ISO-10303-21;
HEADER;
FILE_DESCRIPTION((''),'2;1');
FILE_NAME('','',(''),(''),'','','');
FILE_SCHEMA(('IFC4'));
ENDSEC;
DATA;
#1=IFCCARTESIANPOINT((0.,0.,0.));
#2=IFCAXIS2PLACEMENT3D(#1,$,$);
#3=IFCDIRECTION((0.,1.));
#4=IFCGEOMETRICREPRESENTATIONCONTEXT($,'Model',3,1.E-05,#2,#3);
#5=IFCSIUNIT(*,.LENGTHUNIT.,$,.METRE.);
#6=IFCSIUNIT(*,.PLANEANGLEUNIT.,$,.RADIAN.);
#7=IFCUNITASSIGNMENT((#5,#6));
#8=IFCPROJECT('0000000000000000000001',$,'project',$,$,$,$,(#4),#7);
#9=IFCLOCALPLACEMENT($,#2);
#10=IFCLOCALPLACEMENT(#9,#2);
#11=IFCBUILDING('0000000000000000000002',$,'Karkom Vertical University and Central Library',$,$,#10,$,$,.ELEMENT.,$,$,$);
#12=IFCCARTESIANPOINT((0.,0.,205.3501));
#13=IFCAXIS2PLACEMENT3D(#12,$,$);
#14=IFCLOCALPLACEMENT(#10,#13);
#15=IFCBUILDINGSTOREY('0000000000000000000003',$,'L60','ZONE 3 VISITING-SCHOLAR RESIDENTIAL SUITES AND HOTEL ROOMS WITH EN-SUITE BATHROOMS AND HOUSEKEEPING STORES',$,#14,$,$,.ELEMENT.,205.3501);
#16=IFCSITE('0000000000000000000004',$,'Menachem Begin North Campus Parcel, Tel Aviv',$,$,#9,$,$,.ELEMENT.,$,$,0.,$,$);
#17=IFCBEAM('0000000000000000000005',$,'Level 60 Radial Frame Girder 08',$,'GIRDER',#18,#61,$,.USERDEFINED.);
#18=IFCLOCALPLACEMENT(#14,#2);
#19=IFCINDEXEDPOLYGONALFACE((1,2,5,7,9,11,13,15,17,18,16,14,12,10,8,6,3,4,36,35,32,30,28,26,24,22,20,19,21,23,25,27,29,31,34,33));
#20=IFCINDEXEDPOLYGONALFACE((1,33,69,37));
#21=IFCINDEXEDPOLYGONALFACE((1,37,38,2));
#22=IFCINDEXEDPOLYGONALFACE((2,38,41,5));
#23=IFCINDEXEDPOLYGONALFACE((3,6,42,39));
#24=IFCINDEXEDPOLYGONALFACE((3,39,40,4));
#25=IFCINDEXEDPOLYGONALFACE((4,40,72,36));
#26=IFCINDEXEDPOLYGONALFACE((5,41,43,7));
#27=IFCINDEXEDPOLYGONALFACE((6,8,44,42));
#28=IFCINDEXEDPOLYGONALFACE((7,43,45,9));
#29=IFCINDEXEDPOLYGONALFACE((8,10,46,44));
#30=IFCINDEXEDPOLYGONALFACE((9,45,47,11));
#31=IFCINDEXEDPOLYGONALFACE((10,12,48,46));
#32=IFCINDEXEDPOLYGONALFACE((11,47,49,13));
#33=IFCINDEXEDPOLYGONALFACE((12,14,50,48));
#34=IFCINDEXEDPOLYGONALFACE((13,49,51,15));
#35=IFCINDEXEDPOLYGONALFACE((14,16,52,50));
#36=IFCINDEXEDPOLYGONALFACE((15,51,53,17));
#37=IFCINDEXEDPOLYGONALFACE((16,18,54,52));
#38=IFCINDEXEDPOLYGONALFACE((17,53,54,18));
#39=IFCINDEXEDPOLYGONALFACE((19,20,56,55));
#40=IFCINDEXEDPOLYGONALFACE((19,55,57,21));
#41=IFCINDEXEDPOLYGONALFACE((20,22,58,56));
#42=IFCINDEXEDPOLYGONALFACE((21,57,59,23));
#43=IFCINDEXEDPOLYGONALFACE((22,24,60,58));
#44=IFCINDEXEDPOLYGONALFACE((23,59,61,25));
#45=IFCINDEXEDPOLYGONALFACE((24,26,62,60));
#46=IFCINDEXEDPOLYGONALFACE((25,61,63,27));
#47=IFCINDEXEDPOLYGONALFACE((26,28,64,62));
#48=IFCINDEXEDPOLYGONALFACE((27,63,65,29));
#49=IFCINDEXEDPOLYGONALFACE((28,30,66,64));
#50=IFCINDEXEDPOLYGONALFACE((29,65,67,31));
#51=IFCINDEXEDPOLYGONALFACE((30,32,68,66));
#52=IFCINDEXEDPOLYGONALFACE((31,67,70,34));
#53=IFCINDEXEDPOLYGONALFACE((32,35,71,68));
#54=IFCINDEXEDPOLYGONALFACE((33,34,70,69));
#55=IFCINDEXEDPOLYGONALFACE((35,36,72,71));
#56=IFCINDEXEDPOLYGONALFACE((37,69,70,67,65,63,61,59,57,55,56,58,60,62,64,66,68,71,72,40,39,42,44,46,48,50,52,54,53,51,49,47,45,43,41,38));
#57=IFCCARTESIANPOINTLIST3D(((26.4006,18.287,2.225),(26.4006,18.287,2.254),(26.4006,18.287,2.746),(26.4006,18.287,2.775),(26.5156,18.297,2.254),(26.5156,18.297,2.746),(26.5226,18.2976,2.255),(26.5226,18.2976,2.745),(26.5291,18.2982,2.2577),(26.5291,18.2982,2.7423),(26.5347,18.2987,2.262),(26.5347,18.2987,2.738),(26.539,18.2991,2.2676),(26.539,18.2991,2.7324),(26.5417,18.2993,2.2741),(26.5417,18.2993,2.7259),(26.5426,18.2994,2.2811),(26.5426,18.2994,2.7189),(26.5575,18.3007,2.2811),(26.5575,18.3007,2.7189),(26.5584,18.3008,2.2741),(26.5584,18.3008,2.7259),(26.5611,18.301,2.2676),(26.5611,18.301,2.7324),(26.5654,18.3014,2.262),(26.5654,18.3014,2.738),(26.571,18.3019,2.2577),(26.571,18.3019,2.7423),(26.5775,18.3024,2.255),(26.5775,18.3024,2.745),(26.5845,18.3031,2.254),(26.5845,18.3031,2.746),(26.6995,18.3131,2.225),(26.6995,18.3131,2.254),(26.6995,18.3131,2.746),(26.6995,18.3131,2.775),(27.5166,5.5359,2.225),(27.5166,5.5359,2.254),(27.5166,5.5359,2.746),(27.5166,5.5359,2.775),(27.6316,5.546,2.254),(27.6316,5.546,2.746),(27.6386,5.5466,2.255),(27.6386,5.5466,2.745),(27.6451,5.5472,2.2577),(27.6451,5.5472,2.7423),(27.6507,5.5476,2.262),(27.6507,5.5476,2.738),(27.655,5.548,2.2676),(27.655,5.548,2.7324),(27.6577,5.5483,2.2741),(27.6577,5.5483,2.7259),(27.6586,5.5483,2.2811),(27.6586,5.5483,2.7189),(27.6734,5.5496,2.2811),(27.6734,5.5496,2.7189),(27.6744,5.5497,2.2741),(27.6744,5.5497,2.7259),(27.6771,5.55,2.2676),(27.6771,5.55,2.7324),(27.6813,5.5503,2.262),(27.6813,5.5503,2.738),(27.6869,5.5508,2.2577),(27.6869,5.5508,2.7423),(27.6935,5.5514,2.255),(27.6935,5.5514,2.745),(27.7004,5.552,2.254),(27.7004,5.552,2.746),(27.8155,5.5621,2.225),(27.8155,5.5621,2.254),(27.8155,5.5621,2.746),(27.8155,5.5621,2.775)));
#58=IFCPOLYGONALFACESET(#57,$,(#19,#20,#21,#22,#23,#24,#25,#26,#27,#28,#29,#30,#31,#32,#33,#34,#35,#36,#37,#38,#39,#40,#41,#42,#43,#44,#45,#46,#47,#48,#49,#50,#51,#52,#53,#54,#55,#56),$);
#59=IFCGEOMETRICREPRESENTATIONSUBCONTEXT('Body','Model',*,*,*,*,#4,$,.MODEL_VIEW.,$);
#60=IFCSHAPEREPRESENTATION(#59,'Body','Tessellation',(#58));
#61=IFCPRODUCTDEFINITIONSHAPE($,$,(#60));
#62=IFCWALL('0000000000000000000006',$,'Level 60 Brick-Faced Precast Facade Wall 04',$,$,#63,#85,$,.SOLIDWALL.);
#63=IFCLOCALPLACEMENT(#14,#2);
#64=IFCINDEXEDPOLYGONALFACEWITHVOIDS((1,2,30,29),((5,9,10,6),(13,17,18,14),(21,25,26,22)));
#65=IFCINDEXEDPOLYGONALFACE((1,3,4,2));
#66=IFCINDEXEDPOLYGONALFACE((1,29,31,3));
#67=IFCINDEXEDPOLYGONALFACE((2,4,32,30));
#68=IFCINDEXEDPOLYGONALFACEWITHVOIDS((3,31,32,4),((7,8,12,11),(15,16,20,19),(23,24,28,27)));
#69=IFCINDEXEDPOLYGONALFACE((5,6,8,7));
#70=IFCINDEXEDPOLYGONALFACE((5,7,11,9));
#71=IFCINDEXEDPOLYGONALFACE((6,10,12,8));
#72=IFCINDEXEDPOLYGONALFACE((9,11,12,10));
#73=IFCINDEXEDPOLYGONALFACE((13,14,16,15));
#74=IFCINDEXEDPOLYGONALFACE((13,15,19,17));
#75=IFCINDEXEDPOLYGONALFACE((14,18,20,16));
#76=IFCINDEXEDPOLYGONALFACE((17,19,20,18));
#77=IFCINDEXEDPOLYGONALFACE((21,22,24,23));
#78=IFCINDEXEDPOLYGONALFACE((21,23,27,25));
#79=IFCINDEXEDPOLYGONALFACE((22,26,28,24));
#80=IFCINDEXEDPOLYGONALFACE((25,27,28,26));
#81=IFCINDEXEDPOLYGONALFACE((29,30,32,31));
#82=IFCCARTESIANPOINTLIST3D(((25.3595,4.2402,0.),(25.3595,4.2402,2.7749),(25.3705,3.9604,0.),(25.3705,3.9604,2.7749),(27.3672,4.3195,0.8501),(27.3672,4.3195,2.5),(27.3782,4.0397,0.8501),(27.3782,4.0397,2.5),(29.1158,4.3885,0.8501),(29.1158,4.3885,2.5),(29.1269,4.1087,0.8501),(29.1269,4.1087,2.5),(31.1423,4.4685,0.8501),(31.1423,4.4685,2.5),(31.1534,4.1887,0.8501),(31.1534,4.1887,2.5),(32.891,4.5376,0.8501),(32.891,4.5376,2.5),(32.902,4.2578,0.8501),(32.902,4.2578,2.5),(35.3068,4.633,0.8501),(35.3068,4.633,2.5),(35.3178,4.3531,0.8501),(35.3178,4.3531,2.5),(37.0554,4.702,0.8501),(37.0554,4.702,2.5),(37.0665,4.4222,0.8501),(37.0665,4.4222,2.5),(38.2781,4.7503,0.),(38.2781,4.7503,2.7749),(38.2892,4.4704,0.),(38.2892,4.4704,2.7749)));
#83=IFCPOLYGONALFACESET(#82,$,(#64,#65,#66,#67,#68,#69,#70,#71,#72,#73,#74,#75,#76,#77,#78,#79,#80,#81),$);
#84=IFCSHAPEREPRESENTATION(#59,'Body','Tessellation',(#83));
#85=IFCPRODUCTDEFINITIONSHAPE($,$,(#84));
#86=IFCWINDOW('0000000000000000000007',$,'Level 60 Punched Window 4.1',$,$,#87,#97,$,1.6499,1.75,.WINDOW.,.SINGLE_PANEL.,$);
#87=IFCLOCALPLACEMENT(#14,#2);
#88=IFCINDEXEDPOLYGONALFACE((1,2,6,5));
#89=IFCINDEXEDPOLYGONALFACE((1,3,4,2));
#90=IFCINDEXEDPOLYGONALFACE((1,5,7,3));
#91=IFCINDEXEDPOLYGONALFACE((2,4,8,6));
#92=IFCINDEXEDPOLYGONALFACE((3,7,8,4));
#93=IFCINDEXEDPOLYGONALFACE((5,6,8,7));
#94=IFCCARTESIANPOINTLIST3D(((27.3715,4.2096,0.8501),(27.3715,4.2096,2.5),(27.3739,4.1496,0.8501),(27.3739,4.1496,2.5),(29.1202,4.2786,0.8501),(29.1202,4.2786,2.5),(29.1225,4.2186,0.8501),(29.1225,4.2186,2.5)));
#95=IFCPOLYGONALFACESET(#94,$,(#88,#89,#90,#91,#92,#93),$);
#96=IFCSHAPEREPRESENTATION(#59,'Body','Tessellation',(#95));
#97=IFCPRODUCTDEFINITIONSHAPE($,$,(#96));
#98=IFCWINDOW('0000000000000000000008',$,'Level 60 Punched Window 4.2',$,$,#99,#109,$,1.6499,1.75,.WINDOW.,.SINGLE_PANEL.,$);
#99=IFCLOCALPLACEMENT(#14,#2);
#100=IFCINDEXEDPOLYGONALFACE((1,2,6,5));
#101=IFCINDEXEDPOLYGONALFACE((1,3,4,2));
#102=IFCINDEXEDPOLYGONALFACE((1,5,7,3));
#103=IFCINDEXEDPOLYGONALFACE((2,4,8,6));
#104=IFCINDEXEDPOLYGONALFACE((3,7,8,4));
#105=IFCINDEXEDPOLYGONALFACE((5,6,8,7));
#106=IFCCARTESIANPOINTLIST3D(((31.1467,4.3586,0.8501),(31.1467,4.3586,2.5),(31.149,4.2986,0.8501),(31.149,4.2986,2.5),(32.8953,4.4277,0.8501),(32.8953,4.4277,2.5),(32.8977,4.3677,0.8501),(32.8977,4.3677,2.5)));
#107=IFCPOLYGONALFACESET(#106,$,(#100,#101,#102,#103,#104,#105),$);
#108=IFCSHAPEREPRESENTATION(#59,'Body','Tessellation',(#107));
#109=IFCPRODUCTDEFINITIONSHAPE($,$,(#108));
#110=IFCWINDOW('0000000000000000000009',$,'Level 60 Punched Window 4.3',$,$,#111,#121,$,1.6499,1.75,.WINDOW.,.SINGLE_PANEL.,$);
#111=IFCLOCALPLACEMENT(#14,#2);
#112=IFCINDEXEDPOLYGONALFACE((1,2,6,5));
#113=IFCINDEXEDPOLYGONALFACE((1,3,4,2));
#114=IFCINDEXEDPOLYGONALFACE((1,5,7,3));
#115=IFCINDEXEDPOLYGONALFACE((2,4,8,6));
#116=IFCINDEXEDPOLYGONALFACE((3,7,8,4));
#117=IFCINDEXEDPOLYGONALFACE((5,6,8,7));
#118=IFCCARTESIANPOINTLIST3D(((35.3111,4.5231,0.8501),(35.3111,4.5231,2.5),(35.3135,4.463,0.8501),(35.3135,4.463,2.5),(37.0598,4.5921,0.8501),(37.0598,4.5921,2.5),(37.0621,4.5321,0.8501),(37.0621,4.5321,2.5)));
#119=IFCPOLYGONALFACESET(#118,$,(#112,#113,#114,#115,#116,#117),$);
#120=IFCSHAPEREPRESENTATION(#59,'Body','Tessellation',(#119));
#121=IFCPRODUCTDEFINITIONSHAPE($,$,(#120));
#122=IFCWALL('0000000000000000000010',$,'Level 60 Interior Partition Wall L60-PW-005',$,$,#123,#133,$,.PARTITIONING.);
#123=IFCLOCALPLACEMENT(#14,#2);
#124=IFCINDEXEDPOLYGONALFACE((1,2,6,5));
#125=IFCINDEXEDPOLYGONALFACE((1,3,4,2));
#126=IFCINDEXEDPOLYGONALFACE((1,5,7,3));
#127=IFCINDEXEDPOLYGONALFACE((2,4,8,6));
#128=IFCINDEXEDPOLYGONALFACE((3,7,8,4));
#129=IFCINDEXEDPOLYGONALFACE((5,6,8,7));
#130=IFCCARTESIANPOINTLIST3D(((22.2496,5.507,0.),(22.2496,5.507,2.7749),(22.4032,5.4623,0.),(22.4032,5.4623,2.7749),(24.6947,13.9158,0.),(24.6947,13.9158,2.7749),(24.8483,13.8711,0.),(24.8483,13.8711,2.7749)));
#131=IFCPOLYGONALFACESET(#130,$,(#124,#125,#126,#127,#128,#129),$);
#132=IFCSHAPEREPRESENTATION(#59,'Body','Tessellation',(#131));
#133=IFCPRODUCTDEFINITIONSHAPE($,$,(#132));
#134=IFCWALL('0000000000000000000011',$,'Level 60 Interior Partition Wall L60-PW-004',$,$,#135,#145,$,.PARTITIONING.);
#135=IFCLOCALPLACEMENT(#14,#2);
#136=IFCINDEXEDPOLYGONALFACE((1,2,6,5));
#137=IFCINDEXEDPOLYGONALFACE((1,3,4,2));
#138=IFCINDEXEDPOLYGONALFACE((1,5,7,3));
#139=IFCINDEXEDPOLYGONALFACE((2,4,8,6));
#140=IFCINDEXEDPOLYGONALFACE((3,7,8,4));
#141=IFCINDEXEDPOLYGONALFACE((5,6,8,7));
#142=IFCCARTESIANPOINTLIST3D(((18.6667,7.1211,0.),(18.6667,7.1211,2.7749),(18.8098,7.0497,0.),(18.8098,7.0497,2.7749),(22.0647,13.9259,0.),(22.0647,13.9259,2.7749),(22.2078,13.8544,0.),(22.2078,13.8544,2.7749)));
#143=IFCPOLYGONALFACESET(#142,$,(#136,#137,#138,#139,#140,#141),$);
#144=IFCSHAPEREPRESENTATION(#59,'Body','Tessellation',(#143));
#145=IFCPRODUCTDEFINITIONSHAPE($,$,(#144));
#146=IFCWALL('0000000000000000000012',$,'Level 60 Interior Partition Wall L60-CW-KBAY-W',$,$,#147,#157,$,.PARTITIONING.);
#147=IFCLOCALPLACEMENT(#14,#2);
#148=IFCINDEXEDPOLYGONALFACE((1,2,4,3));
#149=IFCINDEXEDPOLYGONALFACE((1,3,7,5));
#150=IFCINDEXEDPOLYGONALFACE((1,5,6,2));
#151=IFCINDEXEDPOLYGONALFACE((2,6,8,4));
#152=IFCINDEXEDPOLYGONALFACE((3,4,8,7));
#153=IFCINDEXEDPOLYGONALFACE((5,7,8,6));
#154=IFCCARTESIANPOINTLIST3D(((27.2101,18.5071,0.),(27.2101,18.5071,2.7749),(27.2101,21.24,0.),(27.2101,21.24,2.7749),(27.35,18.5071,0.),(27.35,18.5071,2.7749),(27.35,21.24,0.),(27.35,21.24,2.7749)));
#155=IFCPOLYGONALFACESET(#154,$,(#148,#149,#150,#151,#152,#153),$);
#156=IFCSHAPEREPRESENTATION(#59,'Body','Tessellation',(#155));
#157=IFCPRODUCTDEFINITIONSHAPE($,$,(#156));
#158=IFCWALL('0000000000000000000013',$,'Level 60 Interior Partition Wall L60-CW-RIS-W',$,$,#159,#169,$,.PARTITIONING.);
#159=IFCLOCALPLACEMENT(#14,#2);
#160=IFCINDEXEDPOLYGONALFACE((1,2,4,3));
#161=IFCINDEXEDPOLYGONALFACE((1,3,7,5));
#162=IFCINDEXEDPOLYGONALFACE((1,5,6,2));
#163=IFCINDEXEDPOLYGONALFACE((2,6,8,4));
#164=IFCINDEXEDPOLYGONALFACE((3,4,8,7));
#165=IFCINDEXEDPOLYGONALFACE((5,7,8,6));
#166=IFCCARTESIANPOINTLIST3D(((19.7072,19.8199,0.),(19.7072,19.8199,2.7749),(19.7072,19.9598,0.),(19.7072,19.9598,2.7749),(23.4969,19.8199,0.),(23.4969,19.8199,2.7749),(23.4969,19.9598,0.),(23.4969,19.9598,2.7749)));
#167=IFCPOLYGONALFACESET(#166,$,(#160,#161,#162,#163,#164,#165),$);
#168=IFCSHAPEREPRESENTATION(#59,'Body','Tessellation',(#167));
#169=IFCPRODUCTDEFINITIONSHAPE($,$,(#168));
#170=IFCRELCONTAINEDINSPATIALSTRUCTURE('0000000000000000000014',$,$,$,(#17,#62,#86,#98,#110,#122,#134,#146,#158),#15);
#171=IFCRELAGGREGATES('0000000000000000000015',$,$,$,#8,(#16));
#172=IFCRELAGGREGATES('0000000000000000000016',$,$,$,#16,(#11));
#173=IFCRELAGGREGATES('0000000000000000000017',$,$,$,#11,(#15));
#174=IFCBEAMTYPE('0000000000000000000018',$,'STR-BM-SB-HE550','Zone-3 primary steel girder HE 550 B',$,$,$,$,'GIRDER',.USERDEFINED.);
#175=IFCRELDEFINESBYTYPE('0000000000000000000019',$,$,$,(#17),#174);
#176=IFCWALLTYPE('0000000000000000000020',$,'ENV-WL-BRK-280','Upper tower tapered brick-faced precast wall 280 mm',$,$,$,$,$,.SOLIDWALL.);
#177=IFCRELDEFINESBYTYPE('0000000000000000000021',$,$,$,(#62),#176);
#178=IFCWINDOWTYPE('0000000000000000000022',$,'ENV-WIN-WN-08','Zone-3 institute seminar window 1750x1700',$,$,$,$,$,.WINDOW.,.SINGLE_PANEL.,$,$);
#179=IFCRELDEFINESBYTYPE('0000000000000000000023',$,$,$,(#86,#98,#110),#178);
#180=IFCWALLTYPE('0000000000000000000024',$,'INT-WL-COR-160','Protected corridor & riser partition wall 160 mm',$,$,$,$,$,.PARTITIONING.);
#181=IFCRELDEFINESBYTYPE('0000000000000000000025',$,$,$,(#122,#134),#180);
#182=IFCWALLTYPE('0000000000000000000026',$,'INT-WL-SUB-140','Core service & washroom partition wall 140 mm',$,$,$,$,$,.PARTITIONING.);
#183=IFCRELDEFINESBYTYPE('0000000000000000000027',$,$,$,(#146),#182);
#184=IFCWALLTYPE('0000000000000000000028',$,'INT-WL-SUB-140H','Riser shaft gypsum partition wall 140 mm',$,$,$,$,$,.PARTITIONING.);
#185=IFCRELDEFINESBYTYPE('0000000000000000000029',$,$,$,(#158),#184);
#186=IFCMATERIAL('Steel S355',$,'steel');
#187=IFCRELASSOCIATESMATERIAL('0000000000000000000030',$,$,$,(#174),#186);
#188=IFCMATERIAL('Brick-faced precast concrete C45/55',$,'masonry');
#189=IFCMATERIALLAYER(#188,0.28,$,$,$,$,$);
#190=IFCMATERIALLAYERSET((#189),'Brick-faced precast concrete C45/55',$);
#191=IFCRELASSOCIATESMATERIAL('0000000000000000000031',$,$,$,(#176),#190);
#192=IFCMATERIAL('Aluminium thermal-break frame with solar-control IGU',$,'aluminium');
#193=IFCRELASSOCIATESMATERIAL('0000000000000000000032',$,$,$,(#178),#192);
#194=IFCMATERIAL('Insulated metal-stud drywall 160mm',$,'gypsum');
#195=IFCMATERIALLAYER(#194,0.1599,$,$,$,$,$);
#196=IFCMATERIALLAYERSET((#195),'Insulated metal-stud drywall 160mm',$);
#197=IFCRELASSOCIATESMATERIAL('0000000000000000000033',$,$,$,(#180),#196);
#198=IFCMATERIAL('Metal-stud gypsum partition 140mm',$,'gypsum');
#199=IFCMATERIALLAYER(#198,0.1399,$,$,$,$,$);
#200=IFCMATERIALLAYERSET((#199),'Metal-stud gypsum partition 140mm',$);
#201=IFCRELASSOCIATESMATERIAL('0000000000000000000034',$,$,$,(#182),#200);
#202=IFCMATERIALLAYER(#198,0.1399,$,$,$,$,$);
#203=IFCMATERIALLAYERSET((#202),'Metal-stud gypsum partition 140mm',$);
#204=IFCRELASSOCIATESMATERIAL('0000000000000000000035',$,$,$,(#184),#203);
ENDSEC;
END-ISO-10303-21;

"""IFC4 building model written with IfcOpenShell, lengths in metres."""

from ifc_helpers import new_model, si_unit, direction, frame, frame_2d, origin, origin_with_axes, origin_2d, place, context, subcontext, project, spatial, rectangle, i_section, extrude, source, transform, mapped, material, layer, layer_set, material_profile, profile_set, type_object, element, fill, save


model = new_model("IFC4")

# Units and contexts
model_context = context("Model", 3, precision=1e-05, world=origin(), true_north=direction((0.0, 1.0)))
body_context = subcontext(model_context, "Body", "Model", "MODEL_VIEW")
ifc_project = project(units=[si_unit("LENGTHUNIT", "METRE"), si_unit("PLANEANGLEUNIT", "RADIAN")], contexts=[model_context])

# Site, building, storey
site_placement = place(None, origin())
site = spatial("IfcSite", under=ifc_project, at=site_placement, Name="Menachem Begin North Campus Parcel, Tel Aviv", CompositionType="ELEMENT", RefElevation=0.0)
building_placement = place(site_placement, origin())
building = spatial("IfcBuilding", under=site, at=building_placement, Name="Karkom Vertical University and Central Library", CompositionType="ELEMENT")
storey_placement = place(building_placement, frame((0.0, 0.0, 205.3501)))
storey = spatial("IfcBuildingStorey", under=building, at=storey_placement, Name="L60", Description="ZONE 3 VISITING-SCHOLAR RESIDENTIAL SUITES AND HOTEL ROOMS WITH EN-SUITE BATHROOMS AND HOUSEKEEPING STORES", CompositionType="ELEMENT", Elevation=205.3501)

# Beam
ifc_material_1 = material(Name="Steel S355", Category="steel")
ifc_material_profile_1 = material_profile(ifc_material_1, i_section(OverallWidth=0.3, OverallDepth=0.55, WebThickness=0.0149, FlangeThickness=0.0291, FilletRadius=0.0271, at=origin_2d()), Name="HE 550 B")
ifc_profile_set_1 = profile_set([ifc_material_profile_1], Name="Steel S355")
beam_type_1 = type_object("IfcBeamType", Name="STR-BM-SB-HE550", Description="Zone-3 primary steel girder HE 550 B", ElementType="GIRDER", PredefinedType="USERDEFINED", material=ifc_profile_set_1)
shared_shape_1 = source(origin_with_axes(), body_context, "Body", "SweptSolid", [
    extrude(i_section(OverallWidth=0.3, OverallDepth=0.55, WebThickness=0.0149, FlangeThickness=0.0291, FilletRadius=0.0271, at=origin_2d()), origin(), (0.0, 0.0, 1.0), 12.7998),
])
beam_1_placement = place(storey_placement, frame((26.55, 18.3, 2.5), z_axis=(0.087187, -0.996192, 0.0), x_axis=(0.996192, 0.087187, 0.0)))
element("IfcBeam", 1, at=beam_1_placement, inside=storey, type_object=beam_type_1, Name="Level 60 Radial Frame Girder 08", ObjectType="GIRDER", PredefinedType="USERDEFINED", context=body_context, shape_type="MappedRepresentation", body=[
    mapped(shared_shape_1, transform((0.0, 0.0, 0.0), scale=1.0)),
])

# Wall, openings, windows
ifc_material_2 = material(Name="Brick-faced precast concrete C45/55", Category="masonry")
ifc_layer_1 = layer(ifc_material_2, 0.28)
ifc_layer_set_1 = layer_set([ifc_layer_1], Name="Brick-faced precast concrete C45/55")
wall_type_1 = type_object("IfcWallType", Name="ENV-WL-BRK-280", Description="Upper tower tapered brick-faced precast wall 280 mm", PredefinedType="SOLIDWALL", material=ifc_layer_set_1)
wall_1_placement = place(storey_placement, frame((25.365, 4.1003, 0.0), z_axis=(0.0, 0.0, 1.0), x_axis=(0.999222, 0.039448, 0.0)))
wall_1 = element("IfcWall", 2, at=wall_1_placement, inside=storey, type_object=wall_type_1, Name="Level 60 Brick-Faced Precast Facade Wall 04", PredefinedType="SOLIDWALL", context=body_context, shape_type="SweptSolid", body=[
    extrude(rectangle(XDim=12.9287, YDim=0.28, at=frame_2d((6.4644, 0.0))), origin(), (0.0, 0.0, 1.0), 2.7749),
])
opening_1_placement = place(wall_1_placement, frame((2.0093, 0.0, 0.8501)))
opening_1 = element("IfcOpeningElement", 3, at=opening_1_placement, cuts=wall_1, PredefinedType="OPENING", context=body_context, shape_type="SweptSolid", body=[
    extrude(rectangle(XDim=1.75, YDim=1.6499, at=frame_2d((0.875, 0.825))), frame((0.0, 0.1499, 0.0), z_axis=(0.0, -1.0, 0.0), x_axis=(1.0, 0.0, 0.0)), (0.0, 0.0, 1.0), 0.3),
])
opening_2_placement = place(wall_1_placement, frame((5.7874, 0.0, 0.8501)))
opening_2 = element("IfcOpeningElement", 4, at=opening_2_placement, cuts=wall_1, PredefinedType="OPENING", context=body_context, shape_type="SweptSolid", body=[
    extrude(rectangle(XDim=1.75, YDim=1.6499, at=frame_2d((0.875, 0.825))), frame((0.0, 0.1499, 0.0), z_axis=(0.0, -1.0, 0.0), x_axis=(1.0, 0.0, 0.0)), (0.0, 0.0, 1.0), 0.3),
])
opening_3_placement = place(wall_1_placement, frame((9.9551, 0.0, 0.8501)))
opening_3 = element("IfcOpeningElement", 5, at=opening_3_placement, cuts=wall_1, PredefinedType="OPENING", context=body_context, shape_type="SweptSolid", body=[
    extrude(rectangle(XDim=1.75, YDim=1.6499, at=frame_2d((0.875, 0.825))), frame((0.0, 0.1499, 0.0), z_axis=(0.0, -1.0, 0.0), x_axis=(1.0, 0.0, 0.0)), (0.0, 0.0, 1.0), 0.3),
])
ifc_material_3 = material(Name="Aluminium thermal-break frame with solar-control IGU", Category="aluminium")
window_type = type_object("IfcWindowType", Name="ENV-WIN-WN-08", Description="Zone-3 institute seminar window 1750x1700", PartitioningType="SINGLE_PANEL", PredefinedType="WINDOW", material=ifc_material_3)
shared_shape_2 = source(origin_with_axes(), body_context, "Body", "SweptSolid", [
    extrude(rectangle(XDim=1.75, YDim=1.6499, at=frame_2d((0.875, 0.825))), frame((0.0, 0.03, 0.0), z_axis=(0.0, -1.0, 0.0), x_axis=(1.0, 0.0, 0.0)), (0.0, 0.0, 1.0), 0.0601),
])
window_1_placement = place(opening_1_placement, origin())
window_1 = element("IfcWindow", 6, at=window_1_placement, inside=storey, type_object=window_type, Name="Level 60 Punched Window 4.1", OverallHeight=1.6499, OverallWidth=1.75, PartitioningType="SINGLE_PANEL", PredefinedType="WINDOW", context=body_context, shape_type="MappedRepresentation", body=[
    mapped(shared_shape_2, transform((0.0, 0.0, 0.0), scale=1.0)),
])
fill(opening_1, window_1)
window_2_placement = place(opening_2_placement, origin())
window_2 = element("IfcWindow", 7, at=window_2_placement, inside=storey, type_object=window_type, Name="Level 60 Punched Window 4.2", OverallHeight=1.6499, OverallWidth=1.75, PartitioningType="SINGLE_PANEL", PredefinedType="WINDOW", context=body_context, shape_type="MappedRepresentation", body=[
    mapped(shared_shape_2, transform((0.0, 0.0, 0.0), scale=1.0)),
])
fill(opening_2, window_2)
window_3_placement = place(opening_3_placement, origin())
window_3 = element("IfcWindow", 8, at=window_3_placement, inside=storey, type_object=window_type, Name="Level 60 Punched Window 4.3", OverallHeight=1.6499, OverallWidth=1.75, PartitioningType="SINGLE_PANEL", PredefinedType="WINDOW", context=body_context, shape_type="MappedRepresentation", body=[
    mapped(shared_shape_2, transform((0.0, 0.0, 0.0), scale=1.0)),
])
fill(opening_3, window_3)

# Walls
ifc_material_4 = material(Name="Insulated metal-stud drywall 160mm", Category="gypsum")
ifc_layer_2 = layer(ifc_material_4, 0.1599)
ifc_layer_set_2 = layer_set([ifc_layer_2], Name="Insulated metal-stud drywall 160mm")
wall_type_2 = type_object("IfcWallType", Name="INT-WL-COR-160", Description="Protected corridor & riser partition wall 160 mm", PredefinedType="PARTITIONING", material=ifc_layer_set_2)
wall_2_placement = place(storey_placement, frame((24.7715, 13.8933, 0.0), z_axis=(0.0, 0.0, 1.0), x_axis=(-0.279214, -0.960229, 0.0)))
element("IfcWall", 9, at=wall_2_placement, inside=storey, type_object=wall_type_2, Name="Level 60 Interior Partition Wall L60-PW-005", PredefinedType="PARTITIONING", context=body_context, shape_type="SweptSolid", body=[
    extrude(rectangle(XDim=8.7571, YDim=0.1599, at=frame_2d((4.3784, 0.0))), origin(), (0.0, 0.0, 1.0), 2.7749),
])
wall_3_placement = place(storey_placement, frame((22.1362, 13.8901, 0.0), z_axis=(0.0, 0.0, 1.0), x_axis=(-0.446751, -0.894658, 0.0)))
element("IfcWall", 10, at=wall_3_placement, inside=storey, type_object=wall_type_2, Name="Level 60 Interior Partition Wall L60-PW-004", PredefinedType="PARTITIONING", context=body_context, shape_type="SweptSolid", body=[
    extrude(rectangle(XDim=7.606, YDim=0.1599, at=frame_2d((3.803, 0.0))), origin(), (0.0, 0.0, 1.0), 2.7749),
])
ifc_material_5 = material(Name="Metal-stud gypsum partition 140mm", Category="gypsum")
ifc_layer_3 = layer(ifc_material_5, 0.1399)
ifc_layer_set_3 = layer_set([ifc_layer_3], Name="Metal-stud gypsum partition 140mm")
wall_type_3 = type_object("IfcWallType", Name="INT-WL-SUB-140", Description="Core service & washroom partition wall 140 mm", PredefinedType="PARTITIONING", material=ifc_layer_set_3)
wall_4_placement = place(storey_placement, frame((27.28, 18.5071, 0.0), z_axis=(0.0, 0.0, 1.0), x_axis=(0.0, 1.0, 0.0)))
element("IfcWall", 11, at=wall_4_placement, inside=storey, type_object=wall_type_3, Name="Level 60 Interior Partition Wall L60-CW-KBAY-W", PredefinedType="PARTITIONING", context=body_context, shape_type="SweptSolid", body=[
    extrude(rectangle(XDim=2.7329, YDim=0.1399, at=frame_2d((1.3665, 0.0))), origin(), (0.0, 0.0, 1.0), 2.7749),
])
ifc_layer_4 = layer(ifc_material_5, 0.1399)
ifc_layer_set_4 = layer_set([ifc_layer_4], Name="Metal-stud gypsum partition 140mm")
wall_type_4 = type_object("IfcWallType", Name="INT-WL-SUB-140H", Description="Riser shaft gypsum partition wall 140 mm", PredefinedType="PARTITIONING", material=ifc_layer_set_4)
wall_5_placement = place(storey_placement, frame((19.707, 19.8899, 0.0), z_axis=(0.0, 0.0, 1.0), x_axis=(1.0, 0.0, 0.0)))
element("IfcWall", 12, at=wall_5_placement, inside=storey, type_object=wall_type_4, Name="Level 60 Interior Partition Wall L60-CW-RIS-W", PredefinedType="PARTITIONING", context=body_context, shape_type="SweptSolid", body=[
    extrude(rectangle(XDim=3.7898, YDim=0.1399, at=frame_2d((1.895, 0.0))), origin(), (0.0, 0.0, 1.0), 2.7749),
])

save(model, "model.ifc")
